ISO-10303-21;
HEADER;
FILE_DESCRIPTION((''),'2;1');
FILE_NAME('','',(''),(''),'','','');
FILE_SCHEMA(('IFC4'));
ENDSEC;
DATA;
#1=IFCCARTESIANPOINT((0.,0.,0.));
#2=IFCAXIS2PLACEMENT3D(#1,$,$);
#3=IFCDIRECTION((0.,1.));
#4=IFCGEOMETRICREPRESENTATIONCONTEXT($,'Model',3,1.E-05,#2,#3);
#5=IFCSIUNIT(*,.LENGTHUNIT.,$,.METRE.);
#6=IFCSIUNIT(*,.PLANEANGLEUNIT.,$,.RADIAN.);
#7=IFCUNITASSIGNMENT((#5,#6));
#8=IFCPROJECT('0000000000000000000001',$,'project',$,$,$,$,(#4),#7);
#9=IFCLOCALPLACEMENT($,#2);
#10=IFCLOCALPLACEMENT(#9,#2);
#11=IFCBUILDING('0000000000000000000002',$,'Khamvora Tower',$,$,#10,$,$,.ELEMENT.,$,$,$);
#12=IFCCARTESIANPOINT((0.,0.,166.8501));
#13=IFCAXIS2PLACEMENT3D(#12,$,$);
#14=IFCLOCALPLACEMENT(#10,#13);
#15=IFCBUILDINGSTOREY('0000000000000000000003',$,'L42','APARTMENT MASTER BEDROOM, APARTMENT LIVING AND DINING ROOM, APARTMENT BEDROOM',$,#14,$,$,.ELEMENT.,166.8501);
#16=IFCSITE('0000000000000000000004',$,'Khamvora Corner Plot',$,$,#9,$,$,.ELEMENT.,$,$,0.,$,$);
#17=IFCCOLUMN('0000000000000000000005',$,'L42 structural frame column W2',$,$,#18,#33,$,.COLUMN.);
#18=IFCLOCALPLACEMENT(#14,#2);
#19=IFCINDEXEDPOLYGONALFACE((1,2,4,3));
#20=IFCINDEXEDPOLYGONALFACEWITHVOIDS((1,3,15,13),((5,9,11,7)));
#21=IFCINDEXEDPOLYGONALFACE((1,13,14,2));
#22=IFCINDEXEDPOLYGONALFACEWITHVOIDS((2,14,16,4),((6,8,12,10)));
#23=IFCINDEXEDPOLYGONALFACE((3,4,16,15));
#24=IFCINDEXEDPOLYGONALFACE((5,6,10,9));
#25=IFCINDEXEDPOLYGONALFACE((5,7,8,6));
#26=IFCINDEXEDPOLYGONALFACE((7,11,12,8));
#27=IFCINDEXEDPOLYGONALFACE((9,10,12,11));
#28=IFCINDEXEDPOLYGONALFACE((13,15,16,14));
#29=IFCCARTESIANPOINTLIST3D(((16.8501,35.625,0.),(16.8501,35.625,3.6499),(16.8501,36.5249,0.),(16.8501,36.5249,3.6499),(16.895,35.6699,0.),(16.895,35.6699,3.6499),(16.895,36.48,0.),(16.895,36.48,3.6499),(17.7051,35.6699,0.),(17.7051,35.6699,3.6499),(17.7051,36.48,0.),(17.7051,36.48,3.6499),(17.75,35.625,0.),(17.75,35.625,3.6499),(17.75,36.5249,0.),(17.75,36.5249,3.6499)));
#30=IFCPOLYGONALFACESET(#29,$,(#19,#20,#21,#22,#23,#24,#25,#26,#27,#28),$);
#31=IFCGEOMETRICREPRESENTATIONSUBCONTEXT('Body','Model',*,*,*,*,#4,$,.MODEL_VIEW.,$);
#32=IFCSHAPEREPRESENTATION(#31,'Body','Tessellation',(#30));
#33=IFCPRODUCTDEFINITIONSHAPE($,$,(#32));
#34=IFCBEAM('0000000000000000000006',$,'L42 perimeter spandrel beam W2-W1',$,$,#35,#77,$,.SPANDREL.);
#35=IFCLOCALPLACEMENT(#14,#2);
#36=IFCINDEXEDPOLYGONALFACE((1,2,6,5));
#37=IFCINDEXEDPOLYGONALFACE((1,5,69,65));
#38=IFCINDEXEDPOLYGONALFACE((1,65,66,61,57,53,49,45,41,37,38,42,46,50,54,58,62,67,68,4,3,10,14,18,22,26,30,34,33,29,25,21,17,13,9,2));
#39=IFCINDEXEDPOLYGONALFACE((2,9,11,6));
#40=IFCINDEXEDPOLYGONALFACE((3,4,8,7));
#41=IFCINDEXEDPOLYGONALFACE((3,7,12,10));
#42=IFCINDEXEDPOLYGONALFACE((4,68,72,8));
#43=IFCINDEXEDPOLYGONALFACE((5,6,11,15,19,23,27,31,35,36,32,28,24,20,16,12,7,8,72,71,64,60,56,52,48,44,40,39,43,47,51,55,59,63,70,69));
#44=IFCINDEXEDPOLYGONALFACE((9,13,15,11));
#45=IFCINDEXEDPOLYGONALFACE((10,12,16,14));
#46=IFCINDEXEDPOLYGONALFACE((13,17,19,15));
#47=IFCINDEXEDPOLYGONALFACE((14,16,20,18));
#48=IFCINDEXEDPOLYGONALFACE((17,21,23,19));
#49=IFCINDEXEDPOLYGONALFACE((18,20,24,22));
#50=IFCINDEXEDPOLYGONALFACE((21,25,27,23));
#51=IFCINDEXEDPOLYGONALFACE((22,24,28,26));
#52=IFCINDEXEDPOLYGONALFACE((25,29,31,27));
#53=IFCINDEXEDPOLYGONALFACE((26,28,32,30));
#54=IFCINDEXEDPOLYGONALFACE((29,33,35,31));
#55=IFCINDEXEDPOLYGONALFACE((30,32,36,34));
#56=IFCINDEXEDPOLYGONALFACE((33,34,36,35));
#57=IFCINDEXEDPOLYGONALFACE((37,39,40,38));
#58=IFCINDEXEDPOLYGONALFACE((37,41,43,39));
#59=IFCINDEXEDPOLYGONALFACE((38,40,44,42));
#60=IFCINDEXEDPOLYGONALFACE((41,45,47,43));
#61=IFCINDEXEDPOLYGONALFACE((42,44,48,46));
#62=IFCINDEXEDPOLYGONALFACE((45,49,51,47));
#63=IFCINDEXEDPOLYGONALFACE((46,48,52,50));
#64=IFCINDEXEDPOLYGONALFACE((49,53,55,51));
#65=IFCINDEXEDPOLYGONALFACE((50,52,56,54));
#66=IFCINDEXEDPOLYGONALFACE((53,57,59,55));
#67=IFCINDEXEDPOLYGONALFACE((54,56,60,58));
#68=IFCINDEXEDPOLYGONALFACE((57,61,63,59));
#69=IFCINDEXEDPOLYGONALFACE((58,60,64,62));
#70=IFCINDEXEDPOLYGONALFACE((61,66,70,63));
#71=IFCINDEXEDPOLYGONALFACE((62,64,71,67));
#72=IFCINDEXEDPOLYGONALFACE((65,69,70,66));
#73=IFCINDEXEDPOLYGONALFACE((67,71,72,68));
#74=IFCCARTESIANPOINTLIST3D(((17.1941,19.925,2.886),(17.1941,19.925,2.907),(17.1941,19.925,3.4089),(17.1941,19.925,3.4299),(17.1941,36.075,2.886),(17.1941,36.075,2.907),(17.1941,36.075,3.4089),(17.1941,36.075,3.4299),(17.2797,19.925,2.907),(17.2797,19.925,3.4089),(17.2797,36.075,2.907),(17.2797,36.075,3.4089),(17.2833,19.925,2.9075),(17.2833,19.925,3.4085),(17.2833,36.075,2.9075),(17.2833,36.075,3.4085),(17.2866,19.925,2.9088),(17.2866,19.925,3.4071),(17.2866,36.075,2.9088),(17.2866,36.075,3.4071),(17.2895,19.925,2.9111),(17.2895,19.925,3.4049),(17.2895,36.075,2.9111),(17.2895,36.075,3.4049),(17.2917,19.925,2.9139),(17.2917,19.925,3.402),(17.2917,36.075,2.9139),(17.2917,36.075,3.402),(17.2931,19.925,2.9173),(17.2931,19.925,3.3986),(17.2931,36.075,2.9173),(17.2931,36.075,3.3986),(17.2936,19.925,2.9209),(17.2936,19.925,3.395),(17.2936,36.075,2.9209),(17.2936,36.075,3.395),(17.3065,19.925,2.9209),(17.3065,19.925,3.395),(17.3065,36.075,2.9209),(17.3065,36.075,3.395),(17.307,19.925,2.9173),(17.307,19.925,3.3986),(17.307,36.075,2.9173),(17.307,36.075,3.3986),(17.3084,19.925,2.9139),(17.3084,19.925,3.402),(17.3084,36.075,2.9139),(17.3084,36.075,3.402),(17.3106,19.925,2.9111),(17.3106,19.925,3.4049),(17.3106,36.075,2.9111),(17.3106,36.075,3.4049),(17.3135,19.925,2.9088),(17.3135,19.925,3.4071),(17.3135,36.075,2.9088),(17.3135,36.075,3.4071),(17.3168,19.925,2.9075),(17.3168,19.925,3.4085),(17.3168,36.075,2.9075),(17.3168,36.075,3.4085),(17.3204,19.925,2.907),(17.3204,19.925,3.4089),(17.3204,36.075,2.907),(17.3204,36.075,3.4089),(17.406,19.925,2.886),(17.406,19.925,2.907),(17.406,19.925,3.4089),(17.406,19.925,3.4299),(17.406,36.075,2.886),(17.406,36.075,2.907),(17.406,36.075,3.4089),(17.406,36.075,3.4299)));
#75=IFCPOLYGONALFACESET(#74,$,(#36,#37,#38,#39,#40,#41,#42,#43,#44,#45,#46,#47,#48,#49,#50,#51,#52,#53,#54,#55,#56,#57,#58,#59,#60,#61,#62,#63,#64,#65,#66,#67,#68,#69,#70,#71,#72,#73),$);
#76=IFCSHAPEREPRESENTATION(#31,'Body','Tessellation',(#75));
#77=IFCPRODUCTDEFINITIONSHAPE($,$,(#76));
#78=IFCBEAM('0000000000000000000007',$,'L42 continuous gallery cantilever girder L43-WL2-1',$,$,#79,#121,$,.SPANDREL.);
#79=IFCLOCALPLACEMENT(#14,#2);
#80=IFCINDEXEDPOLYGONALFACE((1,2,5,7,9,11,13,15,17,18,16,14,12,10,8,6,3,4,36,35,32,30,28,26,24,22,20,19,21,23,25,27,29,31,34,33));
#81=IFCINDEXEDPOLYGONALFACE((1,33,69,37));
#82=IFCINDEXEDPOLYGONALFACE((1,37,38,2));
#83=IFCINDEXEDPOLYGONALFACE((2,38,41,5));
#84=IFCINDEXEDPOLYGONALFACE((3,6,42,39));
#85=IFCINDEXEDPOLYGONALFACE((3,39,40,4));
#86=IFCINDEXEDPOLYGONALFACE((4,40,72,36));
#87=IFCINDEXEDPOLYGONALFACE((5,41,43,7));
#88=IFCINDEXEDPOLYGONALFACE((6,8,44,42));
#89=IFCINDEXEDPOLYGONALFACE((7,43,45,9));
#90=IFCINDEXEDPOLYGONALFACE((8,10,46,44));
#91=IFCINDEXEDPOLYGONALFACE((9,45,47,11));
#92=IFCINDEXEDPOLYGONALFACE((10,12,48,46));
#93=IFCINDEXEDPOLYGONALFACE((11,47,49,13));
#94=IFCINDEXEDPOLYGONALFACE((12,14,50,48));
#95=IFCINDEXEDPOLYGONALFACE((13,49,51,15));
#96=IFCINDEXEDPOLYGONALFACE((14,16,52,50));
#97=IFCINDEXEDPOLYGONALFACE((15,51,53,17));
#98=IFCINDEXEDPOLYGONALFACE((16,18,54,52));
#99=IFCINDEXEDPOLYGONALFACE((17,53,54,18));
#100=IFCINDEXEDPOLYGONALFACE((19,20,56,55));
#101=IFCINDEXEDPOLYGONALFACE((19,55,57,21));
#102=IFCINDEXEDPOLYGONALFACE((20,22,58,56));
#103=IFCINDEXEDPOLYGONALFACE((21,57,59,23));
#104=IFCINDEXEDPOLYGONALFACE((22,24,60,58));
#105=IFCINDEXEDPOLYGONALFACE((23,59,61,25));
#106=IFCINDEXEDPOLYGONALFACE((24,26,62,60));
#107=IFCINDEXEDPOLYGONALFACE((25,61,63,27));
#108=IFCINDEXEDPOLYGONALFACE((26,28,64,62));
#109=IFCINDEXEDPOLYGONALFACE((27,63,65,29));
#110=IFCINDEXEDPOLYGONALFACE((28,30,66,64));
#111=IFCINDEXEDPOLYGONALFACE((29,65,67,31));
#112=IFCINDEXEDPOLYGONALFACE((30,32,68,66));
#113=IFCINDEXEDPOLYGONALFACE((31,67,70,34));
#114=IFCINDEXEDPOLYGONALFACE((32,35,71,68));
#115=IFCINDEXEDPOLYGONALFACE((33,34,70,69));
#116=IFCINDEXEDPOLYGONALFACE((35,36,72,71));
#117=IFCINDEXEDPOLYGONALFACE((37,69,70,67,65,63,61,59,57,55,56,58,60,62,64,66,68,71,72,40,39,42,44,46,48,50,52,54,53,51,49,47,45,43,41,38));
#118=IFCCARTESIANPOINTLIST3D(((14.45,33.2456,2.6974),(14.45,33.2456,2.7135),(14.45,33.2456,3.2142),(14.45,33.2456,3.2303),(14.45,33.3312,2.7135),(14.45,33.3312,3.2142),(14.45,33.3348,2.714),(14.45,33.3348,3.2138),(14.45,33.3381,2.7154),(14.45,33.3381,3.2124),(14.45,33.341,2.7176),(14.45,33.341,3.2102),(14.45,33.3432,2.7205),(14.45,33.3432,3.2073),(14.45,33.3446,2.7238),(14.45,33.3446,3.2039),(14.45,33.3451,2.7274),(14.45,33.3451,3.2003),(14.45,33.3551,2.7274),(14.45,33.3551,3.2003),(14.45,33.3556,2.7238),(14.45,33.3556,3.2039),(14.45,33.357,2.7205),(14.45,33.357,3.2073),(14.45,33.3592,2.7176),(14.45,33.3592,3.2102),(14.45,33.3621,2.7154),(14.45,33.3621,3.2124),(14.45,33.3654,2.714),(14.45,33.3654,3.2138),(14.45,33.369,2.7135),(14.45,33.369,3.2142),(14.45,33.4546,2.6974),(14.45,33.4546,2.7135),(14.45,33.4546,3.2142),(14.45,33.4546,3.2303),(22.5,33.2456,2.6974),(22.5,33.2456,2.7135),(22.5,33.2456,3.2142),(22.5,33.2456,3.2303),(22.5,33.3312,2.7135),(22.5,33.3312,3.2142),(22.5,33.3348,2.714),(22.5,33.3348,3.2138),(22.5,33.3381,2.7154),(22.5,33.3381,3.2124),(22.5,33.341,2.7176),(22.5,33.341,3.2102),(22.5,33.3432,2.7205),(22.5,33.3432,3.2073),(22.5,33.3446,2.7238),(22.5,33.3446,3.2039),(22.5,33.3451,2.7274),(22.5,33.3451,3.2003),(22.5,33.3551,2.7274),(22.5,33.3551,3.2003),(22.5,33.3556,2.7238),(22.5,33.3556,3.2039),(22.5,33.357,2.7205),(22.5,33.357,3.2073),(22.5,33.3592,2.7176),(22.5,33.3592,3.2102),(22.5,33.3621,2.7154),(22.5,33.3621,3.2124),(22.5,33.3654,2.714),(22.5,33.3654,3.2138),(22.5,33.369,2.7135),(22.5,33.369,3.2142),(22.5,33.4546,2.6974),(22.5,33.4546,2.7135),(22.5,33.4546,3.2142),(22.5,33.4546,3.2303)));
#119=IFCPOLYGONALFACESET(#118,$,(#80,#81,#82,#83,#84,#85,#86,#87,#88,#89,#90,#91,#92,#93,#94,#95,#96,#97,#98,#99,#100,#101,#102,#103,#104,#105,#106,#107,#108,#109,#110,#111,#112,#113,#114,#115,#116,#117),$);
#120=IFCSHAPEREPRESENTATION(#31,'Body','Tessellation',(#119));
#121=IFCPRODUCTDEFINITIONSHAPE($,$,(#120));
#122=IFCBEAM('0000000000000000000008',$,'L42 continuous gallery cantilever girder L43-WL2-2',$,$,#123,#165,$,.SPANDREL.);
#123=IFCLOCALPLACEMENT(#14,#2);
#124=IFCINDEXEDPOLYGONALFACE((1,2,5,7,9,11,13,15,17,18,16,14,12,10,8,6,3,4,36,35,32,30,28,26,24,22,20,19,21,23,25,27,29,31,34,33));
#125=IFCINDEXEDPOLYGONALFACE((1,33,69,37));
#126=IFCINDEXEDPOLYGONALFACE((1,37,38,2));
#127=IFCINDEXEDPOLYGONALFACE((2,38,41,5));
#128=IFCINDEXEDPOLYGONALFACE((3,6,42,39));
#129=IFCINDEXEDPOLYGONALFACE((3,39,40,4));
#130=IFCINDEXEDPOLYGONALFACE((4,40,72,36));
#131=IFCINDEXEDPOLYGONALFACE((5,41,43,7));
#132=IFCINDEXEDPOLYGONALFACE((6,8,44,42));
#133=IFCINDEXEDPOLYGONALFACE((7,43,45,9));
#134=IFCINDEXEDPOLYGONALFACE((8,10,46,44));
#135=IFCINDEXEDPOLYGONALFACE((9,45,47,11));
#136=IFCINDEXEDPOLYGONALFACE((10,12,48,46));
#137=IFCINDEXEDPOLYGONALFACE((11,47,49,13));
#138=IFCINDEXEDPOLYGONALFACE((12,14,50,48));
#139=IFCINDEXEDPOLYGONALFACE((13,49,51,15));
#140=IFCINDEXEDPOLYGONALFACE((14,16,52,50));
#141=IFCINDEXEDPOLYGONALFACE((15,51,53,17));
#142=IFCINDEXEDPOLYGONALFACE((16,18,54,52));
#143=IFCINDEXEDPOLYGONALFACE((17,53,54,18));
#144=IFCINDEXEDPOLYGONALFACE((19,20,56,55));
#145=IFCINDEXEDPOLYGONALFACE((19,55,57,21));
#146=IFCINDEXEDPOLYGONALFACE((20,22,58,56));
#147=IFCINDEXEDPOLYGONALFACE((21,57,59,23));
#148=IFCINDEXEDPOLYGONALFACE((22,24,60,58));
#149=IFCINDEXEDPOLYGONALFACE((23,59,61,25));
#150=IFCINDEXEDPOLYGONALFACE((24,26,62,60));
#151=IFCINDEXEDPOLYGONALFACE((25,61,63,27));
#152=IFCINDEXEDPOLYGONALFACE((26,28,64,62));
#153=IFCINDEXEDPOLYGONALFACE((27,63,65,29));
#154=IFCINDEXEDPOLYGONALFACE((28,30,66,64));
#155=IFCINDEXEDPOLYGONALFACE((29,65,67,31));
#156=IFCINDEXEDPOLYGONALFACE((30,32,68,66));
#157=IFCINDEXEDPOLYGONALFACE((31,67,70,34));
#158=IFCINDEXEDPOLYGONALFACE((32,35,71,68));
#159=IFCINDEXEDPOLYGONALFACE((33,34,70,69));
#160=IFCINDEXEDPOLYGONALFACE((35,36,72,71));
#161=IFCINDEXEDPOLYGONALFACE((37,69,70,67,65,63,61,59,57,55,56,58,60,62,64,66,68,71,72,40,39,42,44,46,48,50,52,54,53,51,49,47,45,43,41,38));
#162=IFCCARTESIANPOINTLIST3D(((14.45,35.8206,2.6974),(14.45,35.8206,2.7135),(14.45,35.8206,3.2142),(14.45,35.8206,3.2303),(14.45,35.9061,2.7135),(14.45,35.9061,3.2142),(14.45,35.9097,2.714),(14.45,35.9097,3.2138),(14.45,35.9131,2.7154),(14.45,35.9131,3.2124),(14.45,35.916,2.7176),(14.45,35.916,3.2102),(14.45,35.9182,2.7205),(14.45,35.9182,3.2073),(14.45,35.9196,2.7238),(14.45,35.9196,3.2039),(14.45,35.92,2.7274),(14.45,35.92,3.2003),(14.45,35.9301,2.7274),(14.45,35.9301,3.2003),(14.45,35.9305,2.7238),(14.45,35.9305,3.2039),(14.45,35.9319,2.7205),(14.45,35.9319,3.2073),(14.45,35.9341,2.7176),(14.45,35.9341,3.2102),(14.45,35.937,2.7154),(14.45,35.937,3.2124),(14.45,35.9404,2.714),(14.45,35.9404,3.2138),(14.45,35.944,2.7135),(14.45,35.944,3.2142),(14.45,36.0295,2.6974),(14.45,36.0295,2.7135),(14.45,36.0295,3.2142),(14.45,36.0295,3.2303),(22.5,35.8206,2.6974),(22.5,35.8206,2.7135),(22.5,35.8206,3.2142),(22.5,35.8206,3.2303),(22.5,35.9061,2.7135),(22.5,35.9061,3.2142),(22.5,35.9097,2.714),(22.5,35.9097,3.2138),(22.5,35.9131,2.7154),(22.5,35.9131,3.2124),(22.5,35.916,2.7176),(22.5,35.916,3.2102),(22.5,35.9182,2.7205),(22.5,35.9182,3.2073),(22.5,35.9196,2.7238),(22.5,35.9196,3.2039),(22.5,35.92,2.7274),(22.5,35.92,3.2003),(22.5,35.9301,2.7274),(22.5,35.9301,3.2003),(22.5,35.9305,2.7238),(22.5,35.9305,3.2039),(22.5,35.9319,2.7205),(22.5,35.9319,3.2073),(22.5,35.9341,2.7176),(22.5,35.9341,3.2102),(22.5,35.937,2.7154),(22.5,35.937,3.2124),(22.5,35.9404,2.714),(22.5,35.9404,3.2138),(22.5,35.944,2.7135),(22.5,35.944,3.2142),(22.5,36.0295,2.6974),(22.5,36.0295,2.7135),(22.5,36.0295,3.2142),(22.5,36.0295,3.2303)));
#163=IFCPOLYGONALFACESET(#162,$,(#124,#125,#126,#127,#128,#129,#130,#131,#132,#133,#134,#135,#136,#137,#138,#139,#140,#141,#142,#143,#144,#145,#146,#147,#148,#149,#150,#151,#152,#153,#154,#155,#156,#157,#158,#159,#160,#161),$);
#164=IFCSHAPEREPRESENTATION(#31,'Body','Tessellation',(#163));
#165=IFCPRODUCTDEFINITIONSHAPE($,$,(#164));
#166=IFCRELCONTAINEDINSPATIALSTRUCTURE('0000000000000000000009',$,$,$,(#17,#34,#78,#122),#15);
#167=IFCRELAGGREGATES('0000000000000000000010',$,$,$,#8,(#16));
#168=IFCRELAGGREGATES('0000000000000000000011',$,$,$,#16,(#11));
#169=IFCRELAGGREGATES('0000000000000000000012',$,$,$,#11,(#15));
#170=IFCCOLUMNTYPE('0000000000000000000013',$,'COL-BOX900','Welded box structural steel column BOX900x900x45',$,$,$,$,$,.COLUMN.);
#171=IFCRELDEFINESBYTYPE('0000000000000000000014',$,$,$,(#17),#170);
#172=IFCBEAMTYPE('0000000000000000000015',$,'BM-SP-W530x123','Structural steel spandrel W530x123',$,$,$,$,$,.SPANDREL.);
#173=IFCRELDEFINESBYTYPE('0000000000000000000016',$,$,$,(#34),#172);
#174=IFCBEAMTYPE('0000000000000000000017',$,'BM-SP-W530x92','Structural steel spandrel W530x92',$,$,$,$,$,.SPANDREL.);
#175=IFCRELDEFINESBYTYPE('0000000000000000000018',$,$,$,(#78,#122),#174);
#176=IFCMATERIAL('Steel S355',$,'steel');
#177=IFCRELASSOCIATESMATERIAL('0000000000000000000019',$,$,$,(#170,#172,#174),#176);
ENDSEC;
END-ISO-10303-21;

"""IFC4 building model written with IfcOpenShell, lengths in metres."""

from ifc_helpers import new_model, si_unit, direction, frame, origin, origin_2d, place, context, subcontext, project, spatial, hollow_rectangle, i_section, extrude, material, material_profile, profile_set, type_object, element, save


model = new_model("IFC4")

# Units and contexts
model_context = context("Model", 3, precision=1e-05, world=origin(), true_north=direction((0.0, 1.0)))
body_context = subcontext(model_context, "Body", "Model", "MODEL_VIEW")
ifc_project = project(units=[si_unit("LENGTHUNIT", "METRE"), si_unit("PLANEANGLEUNIT", "RADIAN")], contexts=[model_context])

# Site, building, storey
site_placement = place(None, origin())
site = spatial("IfcSite", under=ifc_project, at=site_placement, Name="Khamvora Corner Plot", CompositionType="ELEMENT", RefElevation=0.0)
building_placement = place(site_placement, origin())
building = spatial("IfcBuilding", under=site, at=building_placement, Name="Khamvora Tower", CompositionType="ELEMENT")
storey_placement = place(building_placement, frame((0.0, 0.0, 166.8501)))
storey = spatial("IfcBuildingStorey", under=building, at=storey_placement, Name="L42", Description="APARTMENT MASTER BEDROOM, APARTMENT LIVING AND DINING ROOM, APARTMENT BEDROOM", CompositionType="ELEMENT", Elevation=166.8501)

# Column
ifc_material_1 = material(Name="Steel S355", Category="steel")
ifc_material_profile_1 = material_profile(ifc_material_1, hollow_rectangle(XDim=0.8999, YDim=0.8999, WallThickness=0.0449, at=origin_2d()), Name="BOX900x900x45")
ifc_profile_set_1 = profile_set([ifc_material_profile_1], Name="Steel S355")
column_type = type_object("IfcColumnType", Name="COL-BOX900", Description="Welded box structural steel column BOX900x900x45", PredefinedType="COLUMN", material=ifc_profile_set_1)
column_placement = place(storey_placement, frame((17.3, 36.075, 0.0), z_axis=(0.0, 0.0, 1.0), x_axis=(1.0, 0.0, 0.0)))
element("IfcColumn", 1, at=column_placement, inside=storey, type_object=column_type, Name="L42 structural frame column W2", PredefinedType="COLUMN", context=body_context, shape_type="SweptSolid", body=[
    extrude(hollow_rectangle(XDim=0.8999, YDim=0.8999, WallThickness=0.0449, at=origin_2d()), origin(), (0.0, 0.0, 1.0), 3.6499),
])

# Beams
ifc_material_profile_2 = material_profile(ifc_material_1, i_section(OverallWidth=0.2119, OverallDepth=0.5439, WebThickness=0.0129, FlangeThickness=0.021, FilletRadius=0.0139, at=origin_2d()), Name="W530x123")
ifc_profile_set_2 = profile_set([ifc_material_profile_2], Name="Steel S355")
beam_type_1 = type_object("IfcBeamType", Name="BM-SP-W530x123", Description="Structural steel spandrel W530x123", PredefinedType="SPANDREL", material=ifc_profile_set_2)
beam_1_placement = place(storey_placement, frame((17.3, 36.075, 3.158), z_axis=(0.0, -1.0, 0.0), x_axis=(1.0, 0.0, 0.0)))
element("IfcBeam", 2, at=beam_1_placement, inside=storey, type_object=beam_type_1, Name="L42 perimeter spandrel beam W2-W1", PredefinedType="SPANDREL", context=body_context, shape_type="SweptSolid", body=[
    extrude(i_section(OverallWidth=0.2119, OverallDepth=0.5439, WebThickness=0.0129, FlangeThickness=0.021, FilletRadius=0.0139, at=origin_2d()), origin(), (0.0, 0.0, 1.0), 16.1499),
])
ifc_material_profile_3 = material_profile(ifc_material_1, i_section(OverallWidth=0.209, OverallDepth=0.533, WebThickness=0.01, FlangeThickness=0.0161, FilletRadius=0.0139, at=origin_2d()), Name="W530x92")
ifc_profile_set_3 = profile_set([ifc_material_profile_3], Name="Steel S355")
beam_type_2 = type_object("IfcBeamType", Name="BM-SP-W530x92", Description="Structural steel spandrel W530x92", PredefinedType="SPANDREL", material=ifc_profile_set_3)
for number, where, z_axis, x_axis, name in (
    (3, (22.5, 33.3501, 2.9639), (-1.0, 0.0, 0.0), (0.0, -1.0, 0.0), "L42 continuous gallery cantilever girder L43-WL2-1"),
    (4, (22.5, 35.925, 2.9639), (-1.0, 0.0, 0.0), (0.0, -1.0, 0.0), "L42 continuous gallery cantilever girder L43-WL2-2"),
):
    element("IfcBeam", number, at=place(storey_placement, frame(where, z_axis=z_axis, x_axis=x_axis)), inside=storey, type_object=beam_type_2, Name=name, PredefinedType="SPANDREL", context=body_context, shape_type="SweptSolid", body=[
        extrude(i_section(OverallWidth=0.209, OverallDepth=0.533, WebThickness=0.01, FlangeThickness=0.0161, FilletRadius=0.0139, at=origin_2d()), origin(), (0.0, 0.0, 1.0), 8.05),
    ])

save(model, "model.ifc")
